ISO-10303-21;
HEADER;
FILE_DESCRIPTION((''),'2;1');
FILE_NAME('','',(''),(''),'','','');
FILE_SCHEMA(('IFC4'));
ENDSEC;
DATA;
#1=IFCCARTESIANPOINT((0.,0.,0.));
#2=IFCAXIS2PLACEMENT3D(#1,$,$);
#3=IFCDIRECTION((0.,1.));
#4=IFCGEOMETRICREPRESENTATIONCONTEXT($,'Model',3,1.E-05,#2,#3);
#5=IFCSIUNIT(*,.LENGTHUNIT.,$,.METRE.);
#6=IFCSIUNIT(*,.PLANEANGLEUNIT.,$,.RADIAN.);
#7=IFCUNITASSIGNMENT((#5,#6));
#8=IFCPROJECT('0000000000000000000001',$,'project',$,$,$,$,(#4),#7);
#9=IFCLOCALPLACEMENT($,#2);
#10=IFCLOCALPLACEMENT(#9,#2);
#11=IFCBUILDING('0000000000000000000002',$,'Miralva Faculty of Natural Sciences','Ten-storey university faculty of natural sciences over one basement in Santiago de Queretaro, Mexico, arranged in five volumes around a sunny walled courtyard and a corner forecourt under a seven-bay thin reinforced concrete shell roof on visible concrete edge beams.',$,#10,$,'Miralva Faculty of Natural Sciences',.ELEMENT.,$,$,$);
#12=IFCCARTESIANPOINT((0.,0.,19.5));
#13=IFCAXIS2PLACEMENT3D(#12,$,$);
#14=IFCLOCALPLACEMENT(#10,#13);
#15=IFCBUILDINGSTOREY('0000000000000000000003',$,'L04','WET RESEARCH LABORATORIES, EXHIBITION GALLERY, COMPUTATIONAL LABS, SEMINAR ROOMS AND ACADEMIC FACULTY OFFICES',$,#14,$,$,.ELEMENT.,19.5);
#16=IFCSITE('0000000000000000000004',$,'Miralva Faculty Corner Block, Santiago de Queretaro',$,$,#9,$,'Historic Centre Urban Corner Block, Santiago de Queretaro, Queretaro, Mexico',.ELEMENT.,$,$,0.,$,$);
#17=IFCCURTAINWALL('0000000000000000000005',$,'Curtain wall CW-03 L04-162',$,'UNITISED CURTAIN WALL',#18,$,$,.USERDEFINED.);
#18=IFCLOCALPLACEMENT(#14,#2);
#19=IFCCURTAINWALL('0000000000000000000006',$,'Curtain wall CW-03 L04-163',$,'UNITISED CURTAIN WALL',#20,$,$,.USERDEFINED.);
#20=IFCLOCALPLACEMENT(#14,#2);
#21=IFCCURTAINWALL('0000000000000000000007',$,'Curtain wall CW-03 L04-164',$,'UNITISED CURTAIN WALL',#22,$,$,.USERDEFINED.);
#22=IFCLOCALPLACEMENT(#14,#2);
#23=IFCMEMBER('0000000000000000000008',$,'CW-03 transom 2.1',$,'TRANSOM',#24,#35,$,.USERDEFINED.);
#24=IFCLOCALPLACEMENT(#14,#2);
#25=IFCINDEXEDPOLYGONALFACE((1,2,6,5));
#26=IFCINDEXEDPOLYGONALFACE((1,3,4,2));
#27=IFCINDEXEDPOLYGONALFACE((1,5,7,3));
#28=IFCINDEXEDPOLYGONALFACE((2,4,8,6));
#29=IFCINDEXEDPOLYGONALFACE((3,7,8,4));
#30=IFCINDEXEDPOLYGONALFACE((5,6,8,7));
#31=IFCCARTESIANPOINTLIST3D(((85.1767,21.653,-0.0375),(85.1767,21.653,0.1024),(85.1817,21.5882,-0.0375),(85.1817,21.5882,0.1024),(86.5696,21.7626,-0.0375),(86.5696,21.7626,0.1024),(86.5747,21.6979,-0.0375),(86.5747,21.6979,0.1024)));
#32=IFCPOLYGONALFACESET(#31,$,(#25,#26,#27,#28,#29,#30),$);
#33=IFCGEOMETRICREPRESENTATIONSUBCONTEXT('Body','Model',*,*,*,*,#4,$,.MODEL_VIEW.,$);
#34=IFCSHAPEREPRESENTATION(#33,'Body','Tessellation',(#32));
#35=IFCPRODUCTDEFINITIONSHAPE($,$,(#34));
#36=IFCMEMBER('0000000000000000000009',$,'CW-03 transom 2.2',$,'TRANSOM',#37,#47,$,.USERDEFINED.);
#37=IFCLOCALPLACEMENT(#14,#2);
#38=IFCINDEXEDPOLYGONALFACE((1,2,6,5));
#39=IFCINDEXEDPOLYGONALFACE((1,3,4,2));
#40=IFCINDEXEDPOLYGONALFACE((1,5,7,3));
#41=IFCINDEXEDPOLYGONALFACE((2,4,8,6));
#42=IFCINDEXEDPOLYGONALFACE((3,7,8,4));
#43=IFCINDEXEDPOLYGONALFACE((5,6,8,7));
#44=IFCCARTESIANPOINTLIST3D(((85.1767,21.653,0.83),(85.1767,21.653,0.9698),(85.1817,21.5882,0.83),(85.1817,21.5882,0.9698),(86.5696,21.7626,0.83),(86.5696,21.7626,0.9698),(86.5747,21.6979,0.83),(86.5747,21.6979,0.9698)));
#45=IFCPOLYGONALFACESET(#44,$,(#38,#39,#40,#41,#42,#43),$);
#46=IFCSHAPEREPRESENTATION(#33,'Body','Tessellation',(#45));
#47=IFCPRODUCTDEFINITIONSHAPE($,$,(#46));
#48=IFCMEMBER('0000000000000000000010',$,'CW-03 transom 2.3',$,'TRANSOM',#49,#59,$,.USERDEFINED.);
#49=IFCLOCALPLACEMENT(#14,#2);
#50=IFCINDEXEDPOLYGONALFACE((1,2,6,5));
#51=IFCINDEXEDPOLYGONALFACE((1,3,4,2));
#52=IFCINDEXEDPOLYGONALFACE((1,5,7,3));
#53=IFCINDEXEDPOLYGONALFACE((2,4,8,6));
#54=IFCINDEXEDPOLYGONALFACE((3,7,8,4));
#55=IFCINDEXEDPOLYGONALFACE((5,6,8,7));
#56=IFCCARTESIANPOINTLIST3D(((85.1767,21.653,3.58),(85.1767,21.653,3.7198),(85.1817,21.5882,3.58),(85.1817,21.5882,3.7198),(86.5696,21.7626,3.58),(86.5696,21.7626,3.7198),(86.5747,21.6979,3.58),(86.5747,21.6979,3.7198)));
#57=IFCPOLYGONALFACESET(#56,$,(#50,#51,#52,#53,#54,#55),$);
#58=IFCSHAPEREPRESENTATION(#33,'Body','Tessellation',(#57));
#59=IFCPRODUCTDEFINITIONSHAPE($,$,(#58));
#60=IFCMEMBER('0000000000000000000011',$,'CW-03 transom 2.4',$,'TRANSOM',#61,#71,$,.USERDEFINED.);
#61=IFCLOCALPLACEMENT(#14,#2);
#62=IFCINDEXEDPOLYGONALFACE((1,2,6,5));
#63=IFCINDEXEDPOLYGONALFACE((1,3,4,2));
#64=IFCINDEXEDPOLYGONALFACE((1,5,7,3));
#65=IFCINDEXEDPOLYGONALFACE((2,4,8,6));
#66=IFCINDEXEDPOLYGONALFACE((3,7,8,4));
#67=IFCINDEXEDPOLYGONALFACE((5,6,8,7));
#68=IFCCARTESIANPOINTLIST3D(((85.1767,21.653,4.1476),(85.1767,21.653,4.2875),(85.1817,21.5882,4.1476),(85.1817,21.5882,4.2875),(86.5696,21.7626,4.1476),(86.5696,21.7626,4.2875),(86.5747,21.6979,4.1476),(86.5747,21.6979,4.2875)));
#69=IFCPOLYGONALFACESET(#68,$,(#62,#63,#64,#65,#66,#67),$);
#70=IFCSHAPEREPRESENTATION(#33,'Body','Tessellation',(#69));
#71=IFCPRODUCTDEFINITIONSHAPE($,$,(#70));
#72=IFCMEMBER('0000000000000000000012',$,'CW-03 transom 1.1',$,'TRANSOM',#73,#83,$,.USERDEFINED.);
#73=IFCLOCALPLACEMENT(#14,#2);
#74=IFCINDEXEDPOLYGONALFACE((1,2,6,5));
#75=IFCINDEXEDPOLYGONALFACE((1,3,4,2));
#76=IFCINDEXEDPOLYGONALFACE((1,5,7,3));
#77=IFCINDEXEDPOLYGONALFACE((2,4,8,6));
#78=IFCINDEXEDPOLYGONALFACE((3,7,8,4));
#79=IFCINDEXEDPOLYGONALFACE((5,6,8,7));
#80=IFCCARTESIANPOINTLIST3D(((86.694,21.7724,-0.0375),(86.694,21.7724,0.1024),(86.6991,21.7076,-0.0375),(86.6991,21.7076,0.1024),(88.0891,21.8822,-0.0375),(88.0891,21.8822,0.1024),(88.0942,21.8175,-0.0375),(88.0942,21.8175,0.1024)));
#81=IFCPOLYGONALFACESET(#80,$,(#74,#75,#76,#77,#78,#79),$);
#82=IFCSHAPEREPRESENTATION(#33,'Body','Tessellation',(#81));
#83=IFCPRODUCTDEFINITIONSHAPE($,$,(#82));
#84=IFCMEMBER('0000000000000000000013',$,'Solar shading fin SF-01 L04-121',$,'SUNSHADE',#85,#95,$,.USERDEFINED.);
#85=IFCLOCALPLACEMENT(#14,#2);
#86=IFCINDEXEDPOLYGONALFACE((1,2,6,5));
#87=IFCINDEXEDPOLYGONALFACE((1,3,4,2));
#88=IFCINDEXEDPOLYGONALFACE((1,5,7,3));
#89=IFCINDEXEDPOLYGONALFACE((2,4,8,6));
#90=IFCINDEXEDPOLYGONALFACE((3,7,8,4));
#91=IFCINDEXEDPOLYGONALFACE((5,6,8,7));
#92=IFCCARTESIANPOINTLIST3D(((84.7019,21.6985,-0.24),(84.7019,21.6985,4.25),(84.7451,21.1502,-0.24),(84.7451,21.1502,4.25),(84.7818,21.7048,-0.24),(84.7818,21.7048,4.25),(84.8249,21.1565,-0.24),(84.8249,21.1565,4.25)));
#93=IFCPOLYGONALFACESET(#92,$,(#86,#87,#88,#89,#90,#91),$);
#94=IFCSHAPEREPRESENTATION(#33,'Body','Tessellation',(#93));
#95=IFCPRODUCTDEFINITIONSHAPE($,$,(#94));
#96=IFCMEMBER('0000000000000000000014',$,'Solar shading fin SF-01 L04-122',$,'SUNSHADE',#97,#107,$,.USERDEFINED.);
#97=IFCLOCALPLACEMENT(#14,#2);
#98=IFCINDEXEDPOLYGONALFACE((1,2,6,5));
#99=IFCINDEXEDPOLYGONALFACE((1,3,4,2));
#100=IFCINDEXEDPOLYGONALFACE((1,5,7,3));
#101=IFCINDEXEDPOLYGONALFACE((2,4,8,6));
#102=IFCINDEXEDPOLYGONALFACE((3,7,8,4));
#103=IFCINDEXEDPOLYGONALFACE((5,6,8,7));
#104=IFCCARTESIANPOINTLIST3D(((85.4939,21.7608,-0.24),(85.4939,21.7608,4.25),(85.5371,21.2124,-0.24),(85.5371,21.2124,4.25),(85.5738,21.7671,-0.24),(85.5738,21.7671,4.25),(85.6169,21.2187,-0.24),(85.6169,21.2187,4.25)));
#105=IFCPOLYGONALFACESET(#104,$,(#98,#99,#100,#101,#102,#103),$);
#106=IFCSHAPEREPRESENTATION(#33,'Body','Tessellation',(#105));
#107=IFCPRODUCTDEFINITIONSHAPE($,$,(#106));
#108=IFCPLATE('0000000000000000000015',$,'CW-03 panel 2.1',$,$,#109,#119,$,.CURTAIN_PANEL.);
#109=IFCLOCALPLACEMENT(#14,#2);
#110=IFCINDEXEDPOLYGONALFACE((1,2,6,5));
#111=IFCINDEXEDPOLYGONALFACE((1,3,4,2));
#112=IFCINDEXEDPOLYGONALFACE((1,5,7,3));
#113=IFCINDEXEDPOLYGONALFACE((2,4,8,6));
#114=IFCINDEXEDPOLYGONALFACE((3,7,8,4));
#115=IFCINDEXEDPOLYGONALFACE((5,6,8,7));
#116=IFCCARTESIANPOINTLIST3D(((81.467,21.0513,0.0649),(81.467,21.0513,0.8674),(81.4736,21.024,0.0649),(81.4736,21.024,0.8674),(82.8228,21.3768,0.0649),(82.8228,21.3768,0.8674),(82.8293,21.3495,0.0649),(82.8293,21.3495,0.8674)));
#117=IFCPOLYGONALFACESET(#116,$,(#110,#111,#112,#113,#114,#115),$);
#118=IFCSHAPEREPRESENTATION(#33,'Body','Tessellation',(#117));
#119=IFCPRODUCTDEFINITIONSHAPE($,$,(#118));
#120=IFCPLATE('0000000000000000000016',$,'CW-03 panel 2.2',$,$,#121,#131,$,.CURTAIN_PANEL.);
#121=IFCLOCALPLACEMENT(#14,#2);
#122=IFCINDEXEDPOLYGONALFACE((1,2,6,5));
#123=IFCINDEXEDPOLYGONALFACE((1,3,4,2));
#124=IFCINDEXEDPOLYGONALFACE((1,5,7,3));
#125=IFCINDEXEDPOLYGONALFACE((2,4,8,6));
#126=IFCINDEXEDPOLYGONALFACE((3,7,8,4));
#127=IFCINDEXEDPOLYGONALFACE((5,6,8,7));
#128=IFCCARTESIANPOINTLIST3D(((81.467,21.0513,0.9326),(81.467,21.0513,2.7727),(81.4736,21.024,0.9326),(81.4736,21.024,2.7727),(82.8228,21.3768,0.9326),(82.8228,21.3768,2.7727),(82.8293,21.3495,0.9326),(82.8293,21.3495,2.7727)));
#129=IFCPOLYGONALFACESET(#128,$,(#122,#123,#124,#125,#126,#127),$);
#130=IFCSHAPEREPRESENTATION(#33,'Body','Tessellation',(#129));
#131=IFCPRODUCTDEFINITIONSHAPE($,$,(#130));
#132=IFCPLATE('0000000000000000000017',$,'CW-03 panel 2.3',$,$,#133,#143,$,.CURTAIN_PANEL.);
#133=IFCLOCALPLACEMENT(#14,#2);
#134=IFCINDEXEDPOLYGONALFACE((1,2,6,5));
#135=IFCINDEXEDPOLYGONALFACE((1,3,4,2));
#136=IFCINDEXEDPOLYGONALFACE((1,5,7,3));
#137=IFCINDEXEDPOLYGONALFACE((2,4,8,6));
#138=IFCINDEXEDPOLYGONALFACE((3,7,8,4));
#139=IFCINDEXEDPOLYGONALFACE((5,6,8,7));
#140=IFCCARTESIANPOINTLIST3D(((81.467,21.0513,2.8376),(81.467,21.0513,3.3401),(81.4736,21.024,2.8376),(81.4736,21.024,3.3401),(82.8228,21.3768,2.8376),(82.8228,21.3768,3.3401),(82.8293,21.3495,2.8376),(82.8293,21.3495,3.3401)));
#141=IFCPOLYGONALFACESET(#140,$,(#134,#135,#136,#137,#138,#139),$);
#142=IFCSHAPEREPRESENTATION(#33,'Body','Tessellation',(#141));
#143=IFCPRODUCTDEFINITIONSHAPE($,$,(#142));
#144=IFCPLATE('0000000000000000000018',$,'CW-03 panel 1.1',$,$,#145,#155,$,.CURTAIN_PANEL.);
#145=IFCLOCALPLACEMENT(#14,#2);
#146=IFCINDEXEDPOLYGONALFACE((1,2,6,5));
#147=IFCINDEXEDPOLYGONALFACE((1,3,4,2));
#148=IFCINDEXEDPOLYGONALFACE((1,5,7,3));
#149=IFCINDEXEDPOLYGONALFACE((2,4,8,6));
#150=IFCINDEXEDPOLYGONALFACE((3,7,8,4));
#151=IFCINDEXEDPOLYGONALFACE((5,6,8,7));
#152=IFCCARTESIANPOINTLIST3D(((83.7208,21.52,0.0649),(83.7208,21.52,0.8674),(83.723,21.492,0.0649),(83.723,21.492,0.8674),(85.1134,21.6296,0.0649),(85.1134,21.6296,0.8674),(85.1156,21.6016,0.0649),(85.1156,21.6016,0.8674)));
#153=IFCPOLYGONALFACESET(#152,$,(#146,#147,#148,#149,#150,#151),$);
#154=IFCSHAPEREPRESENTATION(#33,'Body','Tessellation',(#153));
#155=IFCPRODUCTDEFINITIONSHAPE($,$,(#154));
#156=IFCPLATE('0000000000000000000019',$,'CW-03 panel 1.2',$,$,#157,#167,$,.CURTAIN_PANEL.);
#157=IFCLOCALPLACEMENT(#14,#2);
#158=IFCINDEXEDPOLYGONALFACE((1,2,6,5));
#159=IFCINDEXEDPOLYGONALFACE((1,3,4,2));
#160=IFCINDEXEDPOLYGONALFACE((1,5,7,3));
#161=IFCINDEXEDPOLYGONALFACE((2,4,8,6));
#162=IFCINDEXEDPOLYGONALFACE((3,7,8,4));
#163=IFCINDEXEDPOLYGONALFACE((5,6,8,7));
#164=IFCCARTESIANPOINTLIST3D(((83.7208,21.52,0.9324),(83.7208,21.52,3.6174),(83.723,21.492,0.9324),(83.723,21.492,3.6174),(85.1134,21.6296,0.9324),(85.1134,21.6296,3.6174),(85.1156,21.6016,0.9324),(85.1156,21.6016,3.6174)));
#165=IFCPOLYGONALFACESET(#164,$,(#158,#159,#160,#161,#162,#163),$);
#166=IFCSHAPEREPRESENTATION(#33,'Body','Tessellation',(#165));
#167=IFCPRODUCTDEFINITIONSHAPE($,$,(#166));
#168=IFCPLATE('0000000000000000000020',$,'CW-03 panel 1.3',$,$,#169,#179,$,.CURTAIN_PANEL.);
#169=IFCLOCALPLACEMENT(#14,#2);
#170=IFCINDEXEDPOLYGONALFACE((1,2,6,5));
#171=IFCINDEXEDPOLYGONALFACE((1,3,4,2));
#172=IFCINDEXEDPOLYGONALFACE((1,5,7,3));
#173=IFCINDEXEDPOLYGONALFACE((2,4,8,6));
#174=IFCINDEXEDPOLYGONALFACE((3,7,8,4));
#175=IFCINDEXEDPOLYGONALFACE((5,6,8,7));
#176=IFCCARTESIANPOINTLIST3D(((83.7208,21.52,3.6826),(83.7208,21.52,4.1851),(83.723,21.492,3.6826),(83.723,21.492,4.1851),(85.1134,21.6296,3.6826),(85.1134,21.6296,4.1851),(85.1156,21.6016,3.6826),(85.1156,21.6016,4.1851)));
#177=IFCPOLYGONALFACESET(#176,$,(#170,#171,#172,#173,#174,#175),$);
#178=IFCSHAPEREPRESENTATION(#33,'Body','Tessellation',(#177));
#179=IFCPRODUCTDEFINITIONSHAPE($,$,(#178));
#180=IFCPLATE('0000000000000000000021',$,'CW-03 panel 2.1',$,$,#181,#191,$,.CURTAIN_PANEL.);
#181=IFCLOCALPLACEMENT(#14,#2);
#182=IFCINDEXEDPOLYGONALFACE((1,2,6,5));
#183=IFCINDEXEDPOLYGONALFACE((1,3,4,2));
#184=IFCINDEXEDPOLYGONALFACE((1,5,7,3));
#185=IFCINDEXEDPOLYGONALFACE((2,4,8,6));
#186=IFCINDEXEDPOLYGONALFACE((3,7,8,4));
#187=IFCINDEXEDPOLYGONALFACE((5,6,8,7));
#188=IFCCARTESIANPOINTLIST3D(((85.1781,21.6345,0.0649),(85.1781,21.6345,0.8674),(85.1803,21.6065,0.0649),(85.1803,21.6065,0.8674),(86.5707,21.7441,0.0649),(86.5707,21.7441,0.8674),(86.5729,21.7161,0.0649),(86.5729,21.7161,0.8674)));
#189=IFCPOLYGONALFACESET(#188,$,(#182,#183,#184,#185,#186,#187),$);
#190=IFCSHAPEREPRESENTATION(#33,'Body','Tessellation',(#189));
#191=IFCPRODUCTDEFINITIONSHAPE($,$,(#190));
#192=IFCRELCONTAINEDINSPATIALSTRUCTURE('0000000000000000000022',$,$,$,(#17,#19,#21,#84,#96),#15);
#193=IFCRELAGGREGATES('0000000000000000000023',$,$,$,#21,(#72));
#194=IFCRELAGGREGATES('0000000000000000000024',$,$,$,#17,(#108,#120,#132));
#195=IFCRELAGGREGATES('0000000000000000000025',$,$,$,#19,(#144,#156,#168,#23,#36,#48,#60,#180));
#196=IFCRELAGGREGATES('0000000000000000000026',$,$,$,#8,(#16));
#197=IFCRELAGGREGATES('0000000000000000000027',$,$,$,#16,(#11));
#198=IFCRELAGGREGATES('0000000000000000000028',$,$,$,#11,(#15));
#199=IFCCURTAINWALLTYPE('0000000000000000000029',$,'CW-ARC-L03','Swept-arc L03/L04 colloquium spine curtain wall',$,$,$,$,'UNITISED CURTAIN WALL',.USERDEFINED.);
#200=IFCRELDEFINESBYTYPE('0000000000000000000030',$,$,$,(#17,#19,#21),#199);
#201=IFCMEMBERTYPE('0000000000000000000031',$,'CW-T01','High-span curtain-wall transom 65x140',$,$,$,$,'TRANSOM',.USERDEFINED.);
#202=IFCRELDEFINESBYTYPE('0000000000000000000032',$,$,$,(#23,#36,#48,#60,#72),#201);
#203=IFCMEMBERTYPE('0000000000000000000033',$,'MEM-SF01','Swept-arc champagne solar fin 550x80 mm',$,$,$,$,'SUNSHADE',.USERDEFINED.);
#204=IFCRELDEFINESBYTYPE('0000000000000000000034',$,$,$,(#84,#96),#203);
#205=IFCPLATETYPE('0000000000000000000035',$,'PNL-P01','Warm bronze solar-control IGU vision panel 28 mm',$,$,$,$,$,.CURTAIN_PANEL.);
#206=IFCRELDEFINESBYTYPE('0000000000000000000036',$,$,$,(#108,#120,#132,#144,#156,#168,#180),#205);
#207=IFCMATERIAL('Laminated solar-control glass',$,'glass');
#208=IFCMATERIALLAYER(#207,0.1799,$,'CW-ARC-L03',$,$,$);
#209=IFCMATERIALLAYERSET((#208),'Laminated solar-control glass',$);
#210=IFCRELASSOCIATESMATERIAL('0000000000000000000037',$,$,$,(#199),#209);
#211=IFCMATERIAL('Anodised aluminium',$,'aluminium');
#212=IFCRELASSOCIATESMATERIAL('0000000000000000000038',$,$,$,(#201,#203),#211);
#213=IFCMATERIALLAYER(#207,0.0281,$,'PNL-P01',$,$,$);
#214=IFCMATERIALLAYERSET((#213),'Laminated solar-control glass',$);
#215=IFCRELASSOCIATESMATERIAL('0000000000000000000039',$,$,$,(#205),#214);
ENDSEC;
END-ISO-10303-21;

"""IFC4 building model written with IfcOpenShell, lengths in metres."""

from ifc_helpers import new_model, si_unit, direction, frame, origin, origin_2d, place, context, subcontext, project, spatial, rectangle, extrude, material, layer, layer_set, material_profile, profile_set, type_object, element, aggregate, save


model = new_model("IFC4")

# Units and contexts
model_context = context("Model", 3, precision=1e-05, world=origin(), true_north=direction((0.0, 1.0)))
body_context = subcontext(model_context, "Body", "Model", "MODEL_VIEW")
ifc_project = project(units=[si_unit("LENGTHUNIT", "METRE"), si_unit("PLANEANGLEUNIT", "RADIAN")], contexts=[model_context])

# Site, building, storey
site_placement = place(None, origin())
site = spatial("IfcSite", under=ifc_project, at=site_placement, Name="Miralva Faculty Corner Block, Santiago de Queretaro", LongName="Historic Centre Urban Corner Block, Santiago de Queretaro, Queretaro, Mexico", CompositionType="ELEMENT", RefElevation=0.0)
building_placement = place(site_placement, origin())
building = spatial("IfcBuilding", under=site, at=building_placement, Name="Miralva Faculty of Natural Sciences", Description="Ten-storey university faculty of natural sciences over one basement in Santiago de Queretaro, Mexico, arranged in five volumes around a sunny walled courtyard and a corner forecourt under a seven-bay thin reinforced concrete shell roof on visible concrete edge beams.", LongName="Miralva Faculty of Natural Sciences", CompositionType="ELEMENT")
storey_placement = place(building_placement, frame((0.0, 0.0, 19.5)))
storey = spatial("IfcBuildingStorey", under=building, at=storey_placement, Name="L04", Description="WET RESEARCH LABORATORIES, EXHIBITION GALLERY, COMPUTATIONAL LABS, SEMINAR ROOMS AND ACADEMIC FACULTY OFFICES", CompositionType="ELEMENT", Elevation=19.5)

# Curtain wall
ifc_material_1 = material(Name="Laminated solar-control glass", Category="glass")
ifc_layer_1 = layer(ifc_material_1, 0.1799, Name="CW-ARC-L03")
ifc_layer_set_1 = layer_set([ifc_layer_1], Name="Laminated solar-control glass")
curtain_wall_type = type_object("IfcCurtainWallType", Name="CW-ARC-L03", Description="Swept-arc L03/L04 colloquium spine curtain wall", ElementType="UNITISED CURTAIN WALL", PredefinedType="USERDEFINED", material=ifc_layer_set_1)
curtain_wall_1_placement = place(storey_placement, origin())
curtain_wall_1 = element("IfcCurtainWall", 1, at=curtain_wall_1_placement, inside=storey, type_object=curtain_wall_type, Name="Curtain wall CW-03 L04-162", ObjectType="UNITISED CURTAIN WALL", PredefinedType="USERDEFINED")
ifc_material_2 = material(Name="Anodised aluminium", Category="aluminium")

# Curtain wall
curtain_wall_2_placement = place(storey_placement, origin())
curtain_wall_2 = element("IfcCurtainWall", 2, at=curtain_wall_2_placement, inside=storey, type_object=curtain_wall_type, Name="Curtain wall CW-03 L04-163", ObjectType="UNITISED CURTAIN WALL", PredefinedType="USERDEFINED")

# Curtain wall
curtain_wall_3_placement = place(storey_placement, origin())
curtain_wall_3 = element("IfcCurtainWall", 3, at=curtain_wall_3_placement, inside=storey, type_object=curtain_wall_type, Name="Curtain wall CW-03 L04-164", ObjectType="UNITISED CURTAIN WALL", PredefinedType="USERDEFINED")

# Members
ifc_material_profile_1 = material_profile(ifc_material_2, rectangle(XDim=0.0649, YDim=0.1399, at=origin_2d()), Name="TRANSOM 65x140")
ifc_profile_set_1 = profile_set([ifc_material_profile_1], Name="Anodised aluminium")
member_type_1 = type_object("IfcMemberType", Name="CW-T01", Description="High-span curtain-wall transom 65x140", ElementType="TRANSOM", PredefinedType="USERDEFINED", material=ifc_profile_set_1)
member_1_placement = place(storey_placement, frame((85.1792, 21.6206, 0.0325), z_axis=(0.996917, 0.07846, 0.0), x_axis=(-0.07846, 0.996917, 0.0)))
member_1 = element("IfcMember", 4, at=member_1_placement, type_object=member_type_1, Name="CW-03 transom 2.1", ObjectType="TRANSOM", PredefinedType="USERDEFINED", context=body_context, shape_type="SweptSolid", body=[
    extrude(rectangle(XDim=0.0649, YDim=0.1399, at=origin_2d()), origin(), (0.0, 0.0, 1.0), 1.3972),
])
member_2_placement = place(storey_placement, frame((85.1792, 21.6206, 0.8999), z_axis=(0.996917, 0.07846, 0.0), x_axis=(-0.07846, 0.996917, 0.0)))
member_2 = element("IfcMember", 5, at=member_2_placement, type_object=member_type_1, Name="CW-03 transom 2.2", ObjectType="TRANSOM", PredefinedType="USERDEFINED", context=body_context, shape_type="SweptSolid", body=[
    extrude(rectangle(XDim=0.0649, YDim=0.1399, at=origin_2d()), origin(), (0.0, 0.0, 1.0), 1.3972),
])
member_3_placement = place(storey_placement, frame((85.1792, 21.6206, 3.6499), z_axis=(0.996917, 0.07846, 0.0), x_axis=(-0.07846, 0.996917, 0.0)))
member_3 = element("IfcMember", 6, at=member_3_placement, type_object=member_type_1, Name="CW-03 transom 2.3", ObjectType="TRANSOM", PredefinedType="USERDEFINED", context=body_context, shape_type="SweptSolid", body=[
    extrude(rectangle(XDim=0.0649, YDim=0.1399, at=origin_2d()), origin(), (0.0, 0.0, 1.0), 1.3972),
])
member_4_placement = place(storey_placement, frame((85.1792, 21.6206, 4.2175), z_axis=(0.996917, 0.07846, 0.0), x_axis=(-0.07846, 0.996917, 0.0)))
member_4 = element("IfcMember", 7, at=member_4_placement, type_object=member_type_1, Name="CW-03 transom 2.4", ObjectType="TRANSOM", PredefinedType="USERDEFINED", context=body_context, shape_type="SweptSolid", body=[
    extrude(rectangle(XDim=0.0649, YDim=0.1399, at=origin_2d()), origin(), (0.0, 0.0, 1.0), 1.3972),
])
member_5_placement = place(storey_placement, frame((86.6965, 21.74, 0.0325), z_axis=(0.996913, 0.078511, 0.0), x_axis=(-0.078511, 0.996913, 0.0)))
member_5 = element("IfcMember", 8, at=member_5_placement, type_object=member_type_1, Name="CW-03 transom 1.1", ObjectType="TRANSOM", PredefinedType="USERDEFINED", context=body_context, shape_type="SweptSolid", body=[
    extrude(rectangle(XDim=0.0649, YDim=0.1399, at=origin_2d()), origin(), (0.0, 0.0, 1.0), 1.3994),
])
aggregate(curtain_wall_3, [member_5])

# Members
ifc_material_profile_2 = material_profile(ifc_material_2, rectangle(XDim=0.0801, YDim=0.55, at=origin_2d()), Name="FIN 550x80")
ifc_profile_set_2 = profile_set([ifc_material_profile_2], Name="Anodised aluminium")
member_type_2 = type_object("IfcMemberType", Name="MEM-SF01", Description="Swept-arc champagne solar fin 550x80 mm", ElementType="SUNSHADE", PredefinedType="USERDEFINED", material=ifc_profile_set_2)
for number, where, z_axis, x_axis, name in (
    (9, (84.7634, 21.4275, -0.24), (0.0, 0.0, 1.0), (0.996917, 0.078459, 0.0), "Solar shading fin SF-01 L04-121"),
    (10, (85.5554, 21.4897, -0.24), (0.0, 0.0, 1.0), (0.996917, 0.078459, 0.0), "Solar shading fin SF-01 L04-122"),
):
    element("IfcMember", number, at=place(storey_placement, frame(where, z_axis=z_axis, x_axis=x_axis)), inside=storey, type_object=member_type_2, Name=name, ObjectType="SUNSHADE", PredefinedType="USERDEFINED", context=body_context, shape_type="SweptSolid", body=[
        extrude(rectangle(XDim=0.0801, YDim=0.55, at=origin_2d()), origin(), (0.0, 0.0, 1.0), 4.49),
    ])

# Plates
ifc_layer_2 = layer(ifc_material_1, 0.0281, Name="PNL-P01")
ifc_layer_set_2 = layer_set([ifc_layer_2], Name="Laminated solar-control glass")
plate_type = type_object("IfcPlateType", Name="PNL-P01", Description="Warm bronze solar-control IGU vision panel 28 mm", PredefinedType="CURTAIN_PANEL", material=ifc_layer_set_2)
plate_1_placement = place(storey_placement, frame((82.1482, 21.2004, 0.0649), z_axis=(0.0, 0.0, 1.0), x_axis=(0.972365, 0.233464, 0.0)))
plate_1 = element("IfcPlate", 11, at=plate_1_placement, type_object=plate_type, Name="CW-03 panel 2.1", PredefinedType="CURTAIN_PANEL", context=body_context, shape_type="SweptSolid", body=[
    extrude(rectangle(XDim=1.3943, YDim=0.0281, at=origin_2d()), origin(), (0.0, 0.0, 1.0), 0.8025),
])
plate_2_placement = place(storey_placement, frame((82.1482, 21.2004, 0.9326), z_axis=(0.0, 0.0, 1.0), x_axis=(0.972365, 0.233464, 0.0)))
plate_2 = element("IfcPlate", 12, at=plate_2_placement, type_object=plate_type, Name="CW-03 panel 2.2", PredefinedType="CURTAIN_PANEL", context=body_context, shape_type="SweptSolid", body=[
    extrude(rectangle(XDim=1.3943, YDim=0.0281, at=origin_2d()), origin(), (0.0, 0.0, 1.0), 1.8401),
])
plate_3_placement = place(storey_placement, frame((82.1482, 21.2004, 2.8376), z_axis=(0.0, 0.0, 1.0), x_axis=(0.972365, 0.233464, 0.0)))
plate_3 = element("IfcPlate", 13, at=plate_3_placement, type_object=plate_type, Name="CW-03 panel 2.3", PredefinedType="CURTAIN_PANEL", context=body_context, shape_type="SweptSolid", body=[
    extrude(rectangle(XDim=1.3943, YDim=0.0281, at=origin_2d()), origin(), (0.0, 0.0, 1.0), 0.5024),
])
aggregate(curtain_wall_1, [plate_1, plate_2, plate_3])
plate_4_placement = place(storey_placement, frame((84.4182, 21.5608, 0.0649), z_axis=(0.0, 0.0, 1.0), x_axis=(0.996917, 0.078459, 0.0)))
plate_4 = element("IfcPlate", 14, at=plate_4_placement, type_object=plate_type, Name="CW-03 panel 1.1", PredefinedType="CURTAIN_PANEL", context=body_context, shape_type="SweptSolid", body=[
    extrude(rectangle(XDim=1.397, YDim=0.0281, at=origin_2d()), origin(), (0.0, 0.0, 1.0), 0.8025),
])
plate_5_placement = place(storey_placement, frame((84.4182, 21.5608, 0.9324), z_axis=(0.0, 0.0, 1.0), x_axis=(0.996917, 0.078459, 0.0)))
plate_5 = element("IfcPlate", 15, at=plate_5_placement, type_object=plate_type, Name="CW-03 panel 1.2", PredefinedType="CURTAIN_PANEL", context=body_context, shape_type="SweptSolid", body=[
    extrude(rectangle(XDim=1.397, YDim=0.0281, at=origin_2d()), origin(), (0.0, 0.0, 1.0), 2.6851),
])
plate_6_placement = place(storey_placement, frame((84.4182, 21.5608, 3.6826), z_axis=(0.0, 0.0, 1.0), x_axis=(0.996917, 0.078459, 0.0)))
plate_6 = element("IfcPlate", 16, at=plate_6_placement, type_object=plate_type, Name="CW-03 panel 1.3", PredefinedType="CURTAIN_PANEL", context=body_context, shape_type="SweptSolid", body=[
    extrude(rectangle(XDim=1.397, YDim=0.0281, at=origin_2d()), origin(), (0.0, 0.0, 1.0), 0.5024),
])
plate_7_placement = place(storey_placement, frame((85.8755, 21.6753, 0.0649), z_axis=(0.0, 0.0, 1.0), x_axis=(0.996917, 0.078459, 0.0)))
plate_7 = element("IfcPlate", 17, at=plate_7_placement, type_object=plate_type, Name="CW-03 panel 2.1", PredefinedType="CURTAIN_PANEL", context=body_context, shape_type="SweptSolid", body=[
    extrude(rectangle(XDim=1.397, YDim=0.0281, at=origin_2d()), origin(), (0.0, 0.0, 1.0), 0.8025),
])
aggregate(curtain_wall_2, [plate_4, plate_5, plate_6, member_1, member_2, member_3, member_4, plate_7])

save(model, "model.ifc")
